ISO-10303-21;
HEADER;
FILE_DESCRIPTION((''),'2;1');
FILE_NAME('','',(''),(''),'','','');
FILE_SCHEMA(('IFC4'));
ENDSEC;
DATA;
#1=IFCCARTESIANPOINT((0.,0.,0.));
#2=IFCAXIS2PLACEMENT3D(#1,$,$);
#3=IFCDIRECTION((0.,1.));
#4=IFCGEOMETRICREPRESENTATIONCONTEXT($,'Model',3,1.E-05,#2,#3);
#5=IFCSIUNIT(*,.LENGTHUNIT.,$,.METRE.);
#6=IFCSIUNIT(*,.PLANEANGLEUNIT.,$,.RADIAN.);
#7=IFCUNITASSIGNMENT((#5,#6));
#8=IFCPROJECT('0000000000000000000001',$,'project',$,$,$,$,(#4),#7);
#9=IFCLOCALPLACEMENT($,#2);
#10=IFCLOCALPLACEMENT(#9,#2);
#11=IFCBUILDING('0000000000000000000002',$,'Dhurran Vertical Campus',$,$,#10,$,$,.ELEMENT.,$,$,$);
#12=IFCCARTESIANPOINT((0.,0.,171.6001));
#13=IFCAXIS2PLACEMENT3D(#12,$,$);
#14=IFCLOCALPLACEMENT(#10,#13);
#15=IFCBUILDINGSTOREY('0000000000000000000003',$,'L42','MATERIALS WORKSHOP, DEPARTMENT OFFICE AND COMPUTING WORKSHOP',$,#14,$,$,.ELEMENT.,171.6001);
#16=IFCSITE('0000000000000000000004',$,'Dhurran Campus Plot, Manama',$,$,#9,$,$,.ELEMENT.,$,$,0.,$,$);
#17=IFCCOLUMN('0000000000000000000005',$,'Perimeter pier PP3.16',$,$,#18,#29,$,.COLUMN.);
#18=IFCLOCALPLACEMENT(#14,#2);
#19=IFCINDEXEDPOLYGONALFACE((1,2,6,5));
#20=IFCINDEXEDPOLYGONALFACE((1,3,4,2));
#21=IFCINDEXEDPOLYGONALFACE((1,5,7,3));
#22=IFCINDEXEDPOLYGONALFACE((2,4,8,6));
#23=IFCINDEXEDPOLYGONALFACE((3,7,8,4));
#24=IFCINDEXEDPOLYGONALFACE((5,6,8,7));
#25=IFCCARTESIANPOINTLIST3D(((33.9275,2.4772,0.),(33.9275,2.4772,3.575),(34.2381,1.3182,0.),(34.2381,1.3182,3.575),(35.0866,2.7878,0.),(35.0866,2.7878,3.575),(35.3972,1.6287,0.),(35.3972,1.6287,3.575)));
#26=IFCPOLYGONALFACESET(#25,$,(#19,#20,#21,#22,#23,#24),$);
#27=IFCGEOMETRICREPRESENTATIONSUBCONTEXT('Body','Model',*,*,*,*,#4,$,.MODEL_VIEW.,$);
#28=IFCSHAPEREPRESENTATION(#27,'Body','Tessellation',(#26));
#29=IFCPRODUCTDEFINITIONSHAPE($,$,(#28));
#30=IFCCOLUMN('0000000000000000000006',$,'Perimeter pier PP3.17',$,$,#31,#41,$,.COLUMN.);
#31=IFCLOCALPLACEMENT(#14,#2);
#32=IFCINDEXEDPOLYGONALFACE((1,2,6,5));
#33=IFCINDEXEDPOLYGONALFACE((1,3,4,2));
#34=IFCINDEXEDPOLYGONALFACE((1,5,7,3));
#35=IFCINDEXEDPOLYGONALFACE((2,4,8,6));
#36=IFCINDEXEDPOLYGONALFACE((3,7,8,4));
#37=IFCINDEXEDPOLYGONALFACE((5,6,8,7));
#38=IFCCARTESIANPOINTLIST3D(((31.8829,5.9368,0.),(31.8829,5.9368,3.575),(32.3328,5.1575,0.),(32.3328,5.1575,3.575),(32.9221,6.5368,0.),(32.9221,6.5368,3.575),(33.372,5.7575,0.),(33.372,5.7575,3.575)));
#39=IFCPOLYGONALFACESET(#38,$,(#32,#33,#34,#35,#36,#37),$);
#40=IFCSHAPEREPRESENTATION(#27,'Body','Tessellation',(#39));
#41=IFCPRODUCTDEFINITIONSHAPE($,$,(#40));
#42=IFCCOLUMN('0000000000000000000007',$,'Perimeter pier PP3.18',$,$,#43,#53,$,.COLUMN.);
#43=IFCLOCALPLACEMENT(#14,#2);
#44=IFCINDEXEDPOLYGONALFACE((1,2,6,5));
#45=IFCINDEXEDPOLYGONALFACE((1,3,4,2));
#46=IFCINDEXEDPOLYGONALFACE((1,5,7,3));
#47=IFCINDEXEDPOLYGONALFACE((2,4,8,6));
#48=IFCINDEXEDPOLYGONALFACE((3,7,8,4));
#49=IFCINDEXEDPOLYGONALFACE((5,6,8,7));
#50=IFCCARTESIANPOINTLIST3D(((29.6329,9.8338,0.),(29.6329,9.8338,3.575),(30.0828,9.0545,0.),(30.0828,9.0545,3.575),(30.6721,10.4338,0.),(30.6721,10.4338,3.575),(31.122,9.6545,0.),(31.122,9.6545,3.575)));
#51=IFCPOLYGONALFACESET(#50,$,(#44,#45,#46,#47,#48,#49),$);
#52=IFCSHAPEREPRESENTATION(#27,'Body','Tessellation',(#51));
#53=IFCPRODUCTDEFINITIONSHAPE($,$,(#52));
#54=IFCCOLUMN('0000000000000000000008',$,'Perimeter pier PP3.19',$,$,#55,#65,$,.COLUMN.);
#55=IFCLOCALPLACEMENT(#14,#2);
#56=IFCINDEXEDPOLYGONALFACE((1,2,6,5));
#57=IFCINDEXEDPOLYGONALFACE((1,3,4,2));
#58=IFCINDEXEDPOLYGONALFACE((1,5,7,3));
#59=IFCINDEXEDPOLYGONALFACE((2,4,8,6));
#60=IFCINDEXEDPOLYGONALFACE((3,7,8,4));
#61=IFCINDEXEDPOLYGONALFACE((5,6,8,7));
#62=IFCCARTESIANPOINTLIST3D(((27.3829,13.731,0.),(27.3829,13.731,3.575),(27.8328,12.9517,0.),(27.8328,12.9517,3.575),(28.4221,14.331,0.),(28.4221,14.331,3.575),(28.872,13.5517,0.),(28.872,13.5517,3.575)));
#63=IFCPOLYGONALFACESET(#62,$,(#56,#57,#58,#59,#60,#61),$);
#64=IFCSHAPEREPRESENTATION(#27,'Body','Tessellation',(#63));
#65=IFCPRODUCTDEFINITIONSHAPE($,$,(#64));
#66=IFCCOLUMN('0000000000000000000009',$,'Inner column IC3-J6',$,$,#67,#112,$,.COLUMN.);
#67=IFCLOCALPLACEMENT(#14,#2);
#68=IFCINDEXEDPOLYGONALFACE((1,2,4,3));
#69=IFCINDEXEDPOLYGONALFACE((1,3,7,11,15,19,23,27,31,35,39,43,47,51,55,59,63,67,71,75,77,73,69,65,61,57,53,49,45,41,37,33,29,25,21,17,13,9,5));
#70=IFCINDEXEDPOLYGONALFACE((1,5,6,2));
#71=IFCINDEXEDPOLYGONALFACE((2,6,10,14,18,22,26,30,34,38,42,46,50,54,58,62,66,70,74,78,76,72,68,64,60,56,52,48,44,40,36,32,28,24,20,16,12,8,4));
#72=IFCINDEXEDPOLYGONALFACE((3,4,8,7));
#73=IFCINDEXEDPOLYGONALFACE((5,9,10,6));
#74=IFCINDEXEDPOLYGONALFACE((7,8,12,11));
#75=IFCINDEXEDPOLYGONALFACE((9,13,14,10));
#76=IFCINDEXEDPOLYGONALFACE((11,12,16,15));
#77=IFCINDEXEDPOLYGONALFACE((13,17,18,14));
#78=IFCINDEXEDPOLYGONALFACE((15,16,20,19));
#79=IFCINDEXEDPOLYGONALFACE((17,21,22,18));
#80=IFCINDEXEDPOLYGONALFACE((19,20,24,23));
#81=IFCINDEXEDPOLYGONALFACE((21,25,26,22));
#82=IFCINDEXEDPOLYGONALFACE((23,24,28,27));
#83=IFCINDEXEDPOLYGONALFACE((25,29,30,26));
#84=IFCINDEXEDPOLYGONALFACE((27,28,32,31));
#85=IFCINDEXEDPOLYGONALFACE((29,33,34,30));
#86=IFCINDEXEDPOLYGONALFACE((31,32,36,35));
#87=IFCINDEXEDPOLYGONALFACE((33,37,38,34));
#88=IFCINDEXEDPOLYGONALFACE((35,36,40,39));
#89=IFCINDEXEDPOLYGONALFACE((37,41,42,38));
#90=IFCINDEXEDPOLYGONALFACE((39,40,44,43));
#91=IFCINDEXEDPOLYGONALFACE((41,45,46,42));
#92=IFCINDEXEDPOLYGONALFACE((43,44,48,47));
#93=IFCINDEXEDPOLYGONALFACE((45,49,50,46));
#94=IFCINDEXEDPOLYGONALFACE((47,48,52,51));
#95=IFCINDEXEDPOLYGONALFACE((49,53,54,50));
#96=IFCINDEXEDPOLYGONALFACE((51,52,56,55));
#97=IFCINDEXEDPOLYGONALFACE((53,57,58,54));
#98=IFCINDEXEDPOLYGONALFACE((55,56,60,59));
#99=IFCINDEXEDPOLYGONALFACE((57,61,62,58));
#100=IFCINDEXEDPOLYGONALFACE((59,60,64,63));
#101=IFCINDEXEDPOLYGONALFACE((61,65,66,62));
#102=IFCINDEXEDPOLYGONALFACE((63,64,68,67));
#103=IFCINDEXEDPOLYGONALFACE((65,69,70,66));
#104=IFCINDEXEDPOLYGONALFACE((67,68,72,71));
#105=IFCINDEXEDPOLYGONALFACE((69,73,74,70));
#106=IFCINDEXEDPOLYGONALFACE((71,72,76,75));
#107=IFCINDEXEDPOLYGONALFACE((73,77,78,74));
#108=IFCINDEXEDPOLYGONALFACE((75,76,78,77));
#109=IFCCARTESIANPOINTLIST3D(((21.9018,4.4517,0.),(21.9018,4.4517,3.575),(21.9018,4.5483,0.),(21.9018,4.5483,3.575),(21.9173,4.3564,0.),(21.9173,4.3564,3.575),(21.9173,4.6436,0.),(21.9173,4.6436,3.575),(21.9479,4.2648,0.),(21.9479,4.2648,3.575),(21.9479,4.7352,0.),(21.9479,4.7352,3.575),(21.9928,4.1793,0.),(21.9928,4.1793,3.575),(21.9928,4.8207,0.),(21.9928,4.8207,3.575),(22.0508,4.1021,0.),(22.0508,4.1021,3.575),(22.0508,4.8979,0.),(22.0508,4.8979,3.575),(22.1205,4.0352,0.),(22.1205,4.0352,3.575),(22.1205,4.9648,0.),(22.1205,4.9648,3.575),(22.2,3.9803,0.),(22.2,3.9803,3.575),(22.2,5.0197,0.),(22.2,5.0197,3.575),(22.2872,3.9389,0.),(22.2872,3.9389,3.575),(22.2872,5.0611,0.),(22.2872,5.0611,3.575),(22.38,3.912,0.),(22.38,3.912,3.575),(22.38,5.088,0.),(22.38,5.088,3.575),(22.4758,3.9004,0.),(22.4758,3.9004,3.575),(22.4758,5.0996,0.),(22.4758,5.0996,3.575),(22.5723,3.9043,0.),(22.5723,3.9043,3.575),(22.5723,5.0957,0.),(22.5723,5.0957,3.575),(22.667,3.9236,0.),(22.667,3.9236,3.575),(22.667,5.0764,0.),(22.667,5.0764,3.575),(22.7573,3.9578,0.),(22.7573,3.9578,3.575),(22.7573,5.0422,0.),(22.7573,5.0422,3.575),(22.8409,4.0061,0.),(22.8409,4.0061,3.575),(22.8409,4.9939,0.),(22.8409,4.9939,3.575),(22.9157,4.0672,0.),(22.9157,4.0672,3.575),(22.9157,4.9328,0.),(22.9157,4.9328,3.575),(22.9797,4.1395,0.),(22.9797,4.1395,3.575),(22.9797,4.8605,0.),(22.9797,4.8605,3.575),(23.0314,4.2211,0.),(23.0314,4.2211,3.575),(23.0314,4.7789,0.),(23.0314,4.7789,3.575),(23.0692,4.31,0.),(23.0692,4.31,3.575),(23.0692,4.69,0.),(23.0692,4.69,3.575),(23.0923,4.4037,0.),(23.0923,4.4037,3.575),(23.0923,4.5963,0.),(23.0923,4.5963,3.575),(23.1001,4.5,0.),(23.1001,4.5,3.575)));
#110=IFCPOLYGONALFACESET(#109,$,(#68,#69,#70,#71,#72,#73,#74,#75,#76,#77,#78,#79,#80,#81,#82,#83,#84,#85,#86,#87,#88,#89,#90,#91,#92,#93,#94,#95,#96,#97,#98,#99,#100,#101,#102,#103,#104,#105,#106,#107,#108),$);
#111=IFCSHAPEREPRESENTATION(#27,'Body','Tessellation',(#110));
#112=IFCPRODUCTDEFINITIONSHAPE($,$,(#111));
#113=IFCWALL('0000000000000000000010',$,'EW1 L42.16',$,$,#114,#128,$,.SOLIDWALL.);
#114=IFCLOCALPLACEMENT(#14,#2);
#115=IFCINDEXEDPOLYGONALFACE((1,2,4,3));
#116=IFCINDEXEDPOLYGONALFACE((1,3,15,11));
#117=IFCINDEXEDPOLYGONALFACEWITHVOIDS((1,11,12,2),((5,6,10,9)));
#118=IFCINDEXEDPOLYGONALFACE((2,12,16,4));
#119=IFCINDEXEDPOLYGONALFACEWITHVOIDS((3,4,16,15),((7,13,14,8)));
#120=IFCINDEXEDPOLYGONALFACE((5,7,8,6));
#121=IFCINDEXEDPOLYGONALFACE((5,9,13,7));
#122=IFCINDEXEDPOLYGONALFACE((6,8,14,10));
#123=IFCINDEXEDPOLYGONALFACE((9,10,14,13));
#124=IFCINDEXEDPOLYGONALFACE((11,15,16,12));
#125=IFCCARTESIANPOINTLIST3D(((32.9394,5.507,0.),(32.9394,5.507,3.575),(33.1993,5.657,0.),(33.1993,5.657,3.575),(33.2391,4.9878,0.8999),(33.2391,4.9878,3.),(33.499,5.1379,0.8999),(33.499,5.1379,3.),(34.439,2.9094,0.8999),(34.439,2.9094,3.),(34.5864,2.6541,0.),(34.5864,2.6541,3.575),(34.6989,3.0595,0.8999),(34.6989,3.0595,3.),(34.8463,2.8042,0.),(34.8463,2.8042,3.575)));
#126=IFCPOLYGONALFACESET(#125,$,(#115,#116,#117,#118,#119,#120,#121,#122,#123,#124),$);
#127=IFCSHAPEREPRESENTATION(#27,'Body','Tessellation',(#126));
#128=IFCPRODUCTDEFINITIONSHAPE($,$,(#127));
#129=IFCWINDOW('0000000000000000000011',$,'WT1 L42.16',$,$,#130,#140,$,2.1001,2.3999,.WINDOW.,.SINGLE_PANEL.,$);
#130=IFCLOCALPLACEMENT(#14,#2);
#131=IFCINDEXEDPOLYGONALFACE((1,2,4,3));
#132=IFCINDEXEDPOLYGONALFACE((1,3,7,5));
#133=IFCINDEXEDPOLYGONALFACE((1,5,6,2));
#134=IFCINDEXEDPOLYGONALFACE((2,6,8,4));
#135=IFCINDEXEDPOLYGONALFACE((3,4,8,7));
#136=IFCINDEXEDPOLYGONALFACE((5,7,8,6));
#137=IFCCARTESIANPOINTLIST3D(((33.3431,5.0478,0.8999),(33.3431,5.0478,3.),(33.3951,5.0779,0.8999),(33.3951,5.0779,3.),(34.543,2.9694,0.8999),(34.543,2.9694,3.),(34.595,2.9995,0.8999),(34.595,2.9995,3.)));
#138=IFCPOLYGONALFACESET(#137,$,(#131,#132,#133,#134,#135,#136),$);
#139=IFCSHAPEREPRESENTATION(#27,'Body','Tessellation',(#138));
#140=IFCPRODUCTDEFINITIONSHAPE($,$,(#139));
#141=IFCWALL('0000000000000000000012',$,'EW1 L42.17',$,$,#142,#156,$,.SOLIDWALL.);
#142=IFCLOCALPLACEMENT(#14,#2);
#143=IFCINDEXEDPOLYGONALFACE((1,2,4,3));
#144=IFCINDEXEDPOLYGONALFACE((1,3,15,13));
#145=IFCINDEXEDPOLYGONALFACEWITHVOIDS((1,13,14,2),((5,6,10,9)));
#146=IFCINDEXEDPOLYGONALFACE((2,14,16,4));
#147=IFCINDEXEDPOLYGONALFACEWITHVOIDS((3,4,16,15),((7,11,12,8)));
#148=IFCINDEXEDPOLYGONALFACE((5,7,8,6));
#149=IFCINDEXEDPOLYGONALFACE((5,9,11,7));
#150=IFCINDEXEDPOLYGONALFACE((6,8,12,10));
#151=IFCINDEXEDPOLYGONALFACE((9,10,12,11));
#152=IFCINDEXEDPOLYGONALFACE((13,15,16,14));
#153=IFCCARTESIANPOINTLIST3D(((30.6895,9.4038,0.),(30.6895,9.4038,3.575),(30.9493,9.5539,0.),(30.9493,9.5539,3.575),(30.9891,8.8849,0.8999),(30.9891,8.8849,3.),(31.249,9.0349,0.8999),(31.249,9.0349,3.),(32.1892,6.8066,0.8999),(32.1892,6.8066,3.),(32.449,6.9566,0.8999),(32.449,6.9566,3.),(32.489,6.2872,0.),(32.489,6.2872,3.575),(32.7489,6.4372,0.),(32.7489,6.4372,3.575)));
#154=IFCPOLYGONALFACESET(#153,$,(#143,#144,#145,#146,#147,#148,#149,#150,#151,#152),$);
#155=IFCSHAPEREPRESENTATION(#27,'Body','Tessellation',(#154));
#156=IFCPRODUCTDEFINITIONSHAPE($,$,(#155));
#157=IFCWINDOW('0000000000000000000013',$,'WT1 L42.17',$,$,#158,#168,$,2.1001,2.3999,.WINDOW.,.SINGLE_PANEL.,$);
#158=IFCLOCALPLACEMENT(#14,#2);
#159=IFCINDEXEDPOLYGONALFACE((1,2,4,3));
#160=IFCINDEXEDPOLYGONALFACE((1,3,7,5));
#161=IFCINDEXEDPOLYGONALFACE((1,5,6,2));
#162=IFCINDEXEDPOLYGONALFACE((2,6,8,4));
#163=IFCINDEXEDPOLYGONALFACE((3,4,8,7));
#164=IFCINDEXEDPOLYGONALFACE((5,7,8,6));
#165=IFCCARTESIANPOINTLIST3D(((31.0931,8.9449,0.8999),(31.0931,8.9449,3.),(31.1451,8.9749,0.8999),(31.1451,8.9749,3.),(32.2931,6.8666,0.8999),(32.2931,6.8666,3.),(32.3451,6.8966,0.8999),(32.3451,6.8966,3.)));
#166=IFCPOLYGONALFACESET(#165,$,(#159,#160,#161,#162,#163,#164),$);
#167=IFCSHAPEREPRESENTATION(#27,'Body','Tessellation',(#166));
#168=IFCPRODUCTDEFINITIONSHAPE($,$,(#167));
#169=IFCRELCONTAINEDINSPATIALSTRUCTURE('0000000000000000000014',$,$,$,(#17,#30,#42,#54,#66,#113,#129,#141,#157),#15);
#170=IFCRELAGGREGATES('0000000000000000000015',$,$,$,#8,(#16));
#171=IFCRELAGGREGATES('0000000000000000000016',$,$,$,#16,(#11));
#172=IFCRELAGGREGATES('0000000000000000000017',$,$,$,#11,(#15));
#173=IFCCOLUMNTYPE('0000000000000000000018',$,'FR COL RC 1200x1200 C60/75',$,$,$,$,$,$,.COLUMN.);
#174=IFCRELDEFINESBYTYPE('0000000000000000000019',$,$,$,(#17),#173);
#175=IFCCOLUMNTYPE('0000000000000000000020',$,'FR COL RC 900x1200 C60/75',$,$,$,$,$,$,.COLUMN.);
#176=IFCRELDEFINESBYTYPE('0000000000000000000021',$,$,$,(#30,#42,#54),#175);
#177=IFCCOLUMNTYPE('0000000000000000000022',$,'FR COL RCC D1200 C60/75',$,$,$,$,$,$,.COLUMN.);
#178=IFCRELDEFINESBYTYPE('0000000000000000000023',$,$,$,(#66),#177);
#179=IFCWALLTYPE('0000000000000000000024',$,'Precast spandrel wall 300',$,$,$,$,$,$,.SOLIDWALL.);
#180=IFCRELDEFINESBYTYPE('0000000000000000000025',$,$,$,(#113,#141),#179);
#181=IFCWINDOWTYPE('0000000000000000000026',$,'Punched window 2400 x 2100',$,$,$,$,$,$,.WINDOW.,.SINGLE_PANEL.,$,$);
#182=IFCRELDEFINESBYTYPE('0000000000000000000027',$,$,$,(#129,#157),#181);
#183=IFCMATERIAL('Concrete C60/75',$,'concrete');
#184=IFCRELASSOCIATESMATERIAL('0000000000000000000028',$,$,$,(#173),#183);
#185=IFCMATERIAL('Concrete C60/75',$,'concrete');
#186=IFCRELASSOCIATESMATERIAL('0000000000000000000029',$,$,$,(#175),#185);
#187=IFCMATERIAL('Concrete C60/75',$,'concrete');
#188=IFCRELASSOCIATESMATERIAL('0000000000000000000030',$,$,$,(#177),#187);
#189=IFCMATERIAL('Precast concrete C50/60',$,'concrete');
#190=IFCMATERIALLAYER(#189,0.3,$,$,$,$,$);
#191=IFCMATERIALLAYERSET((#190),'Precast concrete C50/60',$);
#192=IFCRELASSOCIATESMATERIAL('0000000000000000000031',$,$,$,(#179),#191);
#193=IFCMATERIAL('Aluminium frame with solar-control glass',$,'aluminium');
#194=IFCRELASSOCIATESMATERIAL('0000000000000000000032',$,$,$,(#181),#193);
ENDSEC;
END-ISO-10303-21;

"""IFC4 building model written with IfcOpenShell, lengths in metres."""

from ifc_helpers import new_model, si_unit, direction, frame, frame_2d, origin, origin_2d, place, context, subcontext, project, spatial, rectangle, circle, extrude, material, layer, layer_set, material_profile, profile_set, type_object, element, fill, save


model = new_model("IFC4")

# Units and contexts
model_context = context("Model", 3, precision=1e-05, world=origin(), true_north=direction((0.0, 1.0)))
body_context = subcontext(model_context, "Body", "Model", "MODEL_VIEW")
ifc_project = project(units=[si_unit("LENGTHUNIT", "METRE"), si_unit("PLANEANGLEUNIT", "RADIAN")], contexts=[model_context])

# Site, building, storey
site_placement = place(None, origin())
site = spatial("IfcSite", under=ifc_project, at=site_placement, Name="Dhurran Campus Plot, Manama", CompositionType="ELEMENT", RefElevation=0.0)
building_placement = place(site_placement, origin())
building = spatial("IfcBuilding", under=site, at=building_placement, Name="Dhurran Vertical Campus", CompositionType="ELEMENT")
storey_placement = place(building_placement, frame((0.0, 0.0, 171.6001)))
storey = spatial("IfcBuildingStorey", under=building, at=storey_placement, Name="L42", Description="MATERIALS WORKSHOP, DEPARTMENT OFFICE AND COMPUTING WORKSHOP", CompositionType="ELEMENT", Elevation=171.6001)

# Columns
ifc_material_1 = material(Name="Concrete C60/75", Category="concrete")
ifc_material_profile_1 = material_profile(ifc_material_1, rectangle(XDim=1.2, YDim=1.2, at=origin_2d()), Name="RC 1200x1200")
ifc_profile_set_1 = profile_set([ifc_material_profile_1], Name="Concrete C60/75")
column_type_1 = type_object("IfcColumnType", Name="FR COL RC 1200x1200 C60/75", PredefinedType="COLUMN", material=ifc_profile_set_1)
column_1_placement = place(storey_placement, frame((34.6624, 2.053, 0.0), z_axis=(0.0, 0.0, 1.0), x_axis=(-0.258819, 0.965926, 0.0)))
element("IfcColumn", 1, at=column_1_placement, inside=storey, type_object=column_type_1, Name="Perimeter pier PP3.16", PredefinedType="COLUMN", context=body_context, shape_type="SweptSolid", body=[
    extrude(rectangle(XDim=1.2, YDim=1.2, at=origin_2d()), origin(), (0.0, 0.0, 1.0), 3.575),
])
ifc_material_2 = material(Name="Concrete C60/75", Category="concrete")
ifc_material_profile_2 = material_profile(ifc_material_2, rectangle(XDim=0.8999, YDim=1.2, at=origin_2d()), Name="RC 900x1200")
ifc_profile_set_2 = profile_set([ifc_material_profile_2], Name="Concrete C60/75")
column_type_2 = type_object("IfcColumnType", Name="FR COL RC 900x1200 C60/75", PredefinedType="COLUMN", material=ifc_profile_set_2)
for number, where, z_axis, x_axis, name in (
    (2, (32.6274, 5.8472, 0.0), (0.0, 0.0, 1.0), (-0.5, 0.866025, 0.0), "Perimeter pier PP3.17"),
    (3, (30.3774, 9.7441, 0.0), (0.0, 0.0, 1.0), (-0.5, 0.866025, 0.0), "Perimeter pier PP3.18"),
    (4, (28.1274, 13.6414, 0.0), (0.0, 0.0, 1.0), (-0.5, 0.866025, 0.0), "Perimeter pier PP3.19"),
):
    element("IfcColumn", number, at=place(storey_placement, frame(where, z_axis=z_axis, x_axis=x_axis)), inside=storey, type_object=column_type_2, Name=name, PredefinedType="COLUMN", context=body_context, shape_type="SweptSolid", body=[
        extrude(rectangle(XDim=0.8999, YDim=1.2, at=origin_2d()), origin(), (0.0, 0.0, 1.0), 3.575),
    ])
ifc_material_3 = material(Name="Concrete C60/75", Category="concrete")
ifc_material_profile_3 = material_profile(ifc_material_3, circle(Radius=0.6001, at=origin_2d()), Name="RCC D1200")
ifc_profile_set_3 = profile_set([ifc_material_profile_3], Name="Concrete C60/75")
column_type_3 = type_object("IfcColumnType", Name="FR COL RCC D1200 C60/75", PredefinedType="COLUMN", material=ifc_profile_set_3)
column_2_placement = place(storey_placement, frame((22.5, 4.5, 0.0), z_axis=(0.0, 0.0, 1.0), x_axis=(1.0, 0.0, 0.0)))
element("IfcColumn", 5, at=column_2_placement, inside=storey, type_object=column_type_3, Name="Inner column IC3-J6", PredefinedType="COLUMN", context=body_context, shape_type="SweptSolid", body=[
    extrude(circle(Radius=0.6001, at=origin_2d()), origin(), (0.0, 0.0, 1.0), 3.575),
])

# Walls, openings, windows
ifc_material_4 = material(Name="Precast concrete C50/60", Category="concrete")
ifc_layer_1 = layer(ifc_material_4, 0.3)
ifc_layer_set_1 = layer_set([ifc_layer_1], Name="Precast concrete C50/60")
wall_type_1 = type_object("IfcWallType", Name="Precast spandrel wall 300", PredefinedType="SOLIDWALL", material=ifc_layer_set_1)
wall_1_placement = place(storey_placement, frame((34.7163, 2.7292, 0.0), z_axis=(0.0, 0.0, 1.0), x_axis=(-0.499981, 0.866036, 0.0)))
wall_1 = element("IfcWall", 6, at=wall_1_placement, inside=storey, type_object=wall_type_1, Name="EW1 L42.16", PredefinedType="SOLIDWALL", context=body_context, shape_type="SweptSolid", body=[
    extrude(rectangle(XDim=3.2942, YDim=0.3, at=frame_2d((1.647, 0.0))), origin(), (0.0, 0.0, 1.0), 3.575),
])
opening_1_placement = place(wall_1_placement, frame((0.2947, 0.0, 0.8999)))
opening_1 = element("IfcOpeningElement", 7, at=opening_1_placement, cuts=wall_1, PredefinedType="OPENING", context=body_context, shape_type="SweptSolid", body=[
    extrude(rectangle(XDim=2.3999, YDim=2.1001, at=frame_2d((1.2, 1.05))), frame((0.0, 0.1599, 0.0), z_axis=(0.0, -1.0, 0.0), x_axis=(1.0, 0.0, 0.0)), (0.0, 0.0, 1.0), 0.3201),
])
ifc_material_5 = material(Name="Aluminium frame with solar-control glass", Category="aluminium")
window_type = type_object("IfcWindowType", Name="Punched window 2400 x 2100", PartitioningType="SINGLE_PANEL", PredefinedType="WINDOW", material=ifc_material_5)
window_1_placement = place(opening_1_placement, origin())
window_1 = element("IfcWindow", 8, at=window_1_placement, inside=storey, type_object=window_type, Name="WT1 L42.16", OverallHeight=2.1001, OverallWidth=2.3999, PartitioningType="SINGLE_PANEL", PredefinedType="WINDOW", context=body_context, shape_type="SweptSolid", body=[
    extrude(rectangle(XDim=2.3999, YDim=2.1001, at=frame_2d((1.2, 1.05))), frame((0.0, 0.03, 0.0), z_axis=(0.0, -1.0, 0.0), x_axis=(1.0, 0.0, 0.0)), (0.0, 0.0, 1.0), 0.0601),
])
fill(opening_1, window_1)
wall_2_placement = place(storey_placement, frame((32.6189, 6.3623, 0.0), z_axis=(0.0, 0.0, 1.0), x_axis=(-0.500028, 0.866009, 0.0)))
wall_2 = element("IfcWall", 9, at=wall_2_placement, inside=storey, type_object=wall_type_1, Name="EW1 L42.17", PredefinedType="SOLIDWALL", context=body_context, shape_type="SweptSolid", body=[
    extrude(rectangle(XDim=3.5989, YDim=0.3, at=frame_2d((1.7993, 0.0))), origin(), (0.0, 0.0, 1.0), 3.575),
])
opening_2_placement = place(wall_2_placement, frame((0.5996, 0.0, 0.8999)))
opening_2 = element("IfcOpeningElement", 10, at=opening_2_placement, cuts=wall_2, PredefinedType="OPENING", context=body_context, shape_type="SweptSolid", body=[
    extrude(rectangle(XDim=2.3999, YDim=2.1001, at=frame_2d((1.2, 1.05))), frame((0.0, 0.1599, 0.0), z_axis=(0.0, -1.0, 0.0), x_axis=(1.0, 0.0, 0.0)), (0.0, 0.0, 1.0), 0.3201),
])
window_2_placement = place(opening_2_placement, origin())
window_2 = element("IfcWindow", 11, at=window_2_placement, inside=storey, type_object=window_type, Name="WT1 L42.17", OverallHeight=2.1001, OverallWidth=2.3999, PartitioningType="SINGLE_PANEL", PredefinedType="WINDOW", context=body_context, shape_type="SweptSolid", body=[
    extrude(rectangle(XDim=2.3999, YDim=2.1001, at=frame_2d((1.2, 1.05))), frame((0.0, 0.03, 0.0), z_axis=(0.0, -1.0, 0.0), x_axis=(1.0, 0.0, 0.0)), (0.0, 0.0, 1.0), 0.0601),
])
fill(opening_2, window_2)

save(model, "model.ifc")
